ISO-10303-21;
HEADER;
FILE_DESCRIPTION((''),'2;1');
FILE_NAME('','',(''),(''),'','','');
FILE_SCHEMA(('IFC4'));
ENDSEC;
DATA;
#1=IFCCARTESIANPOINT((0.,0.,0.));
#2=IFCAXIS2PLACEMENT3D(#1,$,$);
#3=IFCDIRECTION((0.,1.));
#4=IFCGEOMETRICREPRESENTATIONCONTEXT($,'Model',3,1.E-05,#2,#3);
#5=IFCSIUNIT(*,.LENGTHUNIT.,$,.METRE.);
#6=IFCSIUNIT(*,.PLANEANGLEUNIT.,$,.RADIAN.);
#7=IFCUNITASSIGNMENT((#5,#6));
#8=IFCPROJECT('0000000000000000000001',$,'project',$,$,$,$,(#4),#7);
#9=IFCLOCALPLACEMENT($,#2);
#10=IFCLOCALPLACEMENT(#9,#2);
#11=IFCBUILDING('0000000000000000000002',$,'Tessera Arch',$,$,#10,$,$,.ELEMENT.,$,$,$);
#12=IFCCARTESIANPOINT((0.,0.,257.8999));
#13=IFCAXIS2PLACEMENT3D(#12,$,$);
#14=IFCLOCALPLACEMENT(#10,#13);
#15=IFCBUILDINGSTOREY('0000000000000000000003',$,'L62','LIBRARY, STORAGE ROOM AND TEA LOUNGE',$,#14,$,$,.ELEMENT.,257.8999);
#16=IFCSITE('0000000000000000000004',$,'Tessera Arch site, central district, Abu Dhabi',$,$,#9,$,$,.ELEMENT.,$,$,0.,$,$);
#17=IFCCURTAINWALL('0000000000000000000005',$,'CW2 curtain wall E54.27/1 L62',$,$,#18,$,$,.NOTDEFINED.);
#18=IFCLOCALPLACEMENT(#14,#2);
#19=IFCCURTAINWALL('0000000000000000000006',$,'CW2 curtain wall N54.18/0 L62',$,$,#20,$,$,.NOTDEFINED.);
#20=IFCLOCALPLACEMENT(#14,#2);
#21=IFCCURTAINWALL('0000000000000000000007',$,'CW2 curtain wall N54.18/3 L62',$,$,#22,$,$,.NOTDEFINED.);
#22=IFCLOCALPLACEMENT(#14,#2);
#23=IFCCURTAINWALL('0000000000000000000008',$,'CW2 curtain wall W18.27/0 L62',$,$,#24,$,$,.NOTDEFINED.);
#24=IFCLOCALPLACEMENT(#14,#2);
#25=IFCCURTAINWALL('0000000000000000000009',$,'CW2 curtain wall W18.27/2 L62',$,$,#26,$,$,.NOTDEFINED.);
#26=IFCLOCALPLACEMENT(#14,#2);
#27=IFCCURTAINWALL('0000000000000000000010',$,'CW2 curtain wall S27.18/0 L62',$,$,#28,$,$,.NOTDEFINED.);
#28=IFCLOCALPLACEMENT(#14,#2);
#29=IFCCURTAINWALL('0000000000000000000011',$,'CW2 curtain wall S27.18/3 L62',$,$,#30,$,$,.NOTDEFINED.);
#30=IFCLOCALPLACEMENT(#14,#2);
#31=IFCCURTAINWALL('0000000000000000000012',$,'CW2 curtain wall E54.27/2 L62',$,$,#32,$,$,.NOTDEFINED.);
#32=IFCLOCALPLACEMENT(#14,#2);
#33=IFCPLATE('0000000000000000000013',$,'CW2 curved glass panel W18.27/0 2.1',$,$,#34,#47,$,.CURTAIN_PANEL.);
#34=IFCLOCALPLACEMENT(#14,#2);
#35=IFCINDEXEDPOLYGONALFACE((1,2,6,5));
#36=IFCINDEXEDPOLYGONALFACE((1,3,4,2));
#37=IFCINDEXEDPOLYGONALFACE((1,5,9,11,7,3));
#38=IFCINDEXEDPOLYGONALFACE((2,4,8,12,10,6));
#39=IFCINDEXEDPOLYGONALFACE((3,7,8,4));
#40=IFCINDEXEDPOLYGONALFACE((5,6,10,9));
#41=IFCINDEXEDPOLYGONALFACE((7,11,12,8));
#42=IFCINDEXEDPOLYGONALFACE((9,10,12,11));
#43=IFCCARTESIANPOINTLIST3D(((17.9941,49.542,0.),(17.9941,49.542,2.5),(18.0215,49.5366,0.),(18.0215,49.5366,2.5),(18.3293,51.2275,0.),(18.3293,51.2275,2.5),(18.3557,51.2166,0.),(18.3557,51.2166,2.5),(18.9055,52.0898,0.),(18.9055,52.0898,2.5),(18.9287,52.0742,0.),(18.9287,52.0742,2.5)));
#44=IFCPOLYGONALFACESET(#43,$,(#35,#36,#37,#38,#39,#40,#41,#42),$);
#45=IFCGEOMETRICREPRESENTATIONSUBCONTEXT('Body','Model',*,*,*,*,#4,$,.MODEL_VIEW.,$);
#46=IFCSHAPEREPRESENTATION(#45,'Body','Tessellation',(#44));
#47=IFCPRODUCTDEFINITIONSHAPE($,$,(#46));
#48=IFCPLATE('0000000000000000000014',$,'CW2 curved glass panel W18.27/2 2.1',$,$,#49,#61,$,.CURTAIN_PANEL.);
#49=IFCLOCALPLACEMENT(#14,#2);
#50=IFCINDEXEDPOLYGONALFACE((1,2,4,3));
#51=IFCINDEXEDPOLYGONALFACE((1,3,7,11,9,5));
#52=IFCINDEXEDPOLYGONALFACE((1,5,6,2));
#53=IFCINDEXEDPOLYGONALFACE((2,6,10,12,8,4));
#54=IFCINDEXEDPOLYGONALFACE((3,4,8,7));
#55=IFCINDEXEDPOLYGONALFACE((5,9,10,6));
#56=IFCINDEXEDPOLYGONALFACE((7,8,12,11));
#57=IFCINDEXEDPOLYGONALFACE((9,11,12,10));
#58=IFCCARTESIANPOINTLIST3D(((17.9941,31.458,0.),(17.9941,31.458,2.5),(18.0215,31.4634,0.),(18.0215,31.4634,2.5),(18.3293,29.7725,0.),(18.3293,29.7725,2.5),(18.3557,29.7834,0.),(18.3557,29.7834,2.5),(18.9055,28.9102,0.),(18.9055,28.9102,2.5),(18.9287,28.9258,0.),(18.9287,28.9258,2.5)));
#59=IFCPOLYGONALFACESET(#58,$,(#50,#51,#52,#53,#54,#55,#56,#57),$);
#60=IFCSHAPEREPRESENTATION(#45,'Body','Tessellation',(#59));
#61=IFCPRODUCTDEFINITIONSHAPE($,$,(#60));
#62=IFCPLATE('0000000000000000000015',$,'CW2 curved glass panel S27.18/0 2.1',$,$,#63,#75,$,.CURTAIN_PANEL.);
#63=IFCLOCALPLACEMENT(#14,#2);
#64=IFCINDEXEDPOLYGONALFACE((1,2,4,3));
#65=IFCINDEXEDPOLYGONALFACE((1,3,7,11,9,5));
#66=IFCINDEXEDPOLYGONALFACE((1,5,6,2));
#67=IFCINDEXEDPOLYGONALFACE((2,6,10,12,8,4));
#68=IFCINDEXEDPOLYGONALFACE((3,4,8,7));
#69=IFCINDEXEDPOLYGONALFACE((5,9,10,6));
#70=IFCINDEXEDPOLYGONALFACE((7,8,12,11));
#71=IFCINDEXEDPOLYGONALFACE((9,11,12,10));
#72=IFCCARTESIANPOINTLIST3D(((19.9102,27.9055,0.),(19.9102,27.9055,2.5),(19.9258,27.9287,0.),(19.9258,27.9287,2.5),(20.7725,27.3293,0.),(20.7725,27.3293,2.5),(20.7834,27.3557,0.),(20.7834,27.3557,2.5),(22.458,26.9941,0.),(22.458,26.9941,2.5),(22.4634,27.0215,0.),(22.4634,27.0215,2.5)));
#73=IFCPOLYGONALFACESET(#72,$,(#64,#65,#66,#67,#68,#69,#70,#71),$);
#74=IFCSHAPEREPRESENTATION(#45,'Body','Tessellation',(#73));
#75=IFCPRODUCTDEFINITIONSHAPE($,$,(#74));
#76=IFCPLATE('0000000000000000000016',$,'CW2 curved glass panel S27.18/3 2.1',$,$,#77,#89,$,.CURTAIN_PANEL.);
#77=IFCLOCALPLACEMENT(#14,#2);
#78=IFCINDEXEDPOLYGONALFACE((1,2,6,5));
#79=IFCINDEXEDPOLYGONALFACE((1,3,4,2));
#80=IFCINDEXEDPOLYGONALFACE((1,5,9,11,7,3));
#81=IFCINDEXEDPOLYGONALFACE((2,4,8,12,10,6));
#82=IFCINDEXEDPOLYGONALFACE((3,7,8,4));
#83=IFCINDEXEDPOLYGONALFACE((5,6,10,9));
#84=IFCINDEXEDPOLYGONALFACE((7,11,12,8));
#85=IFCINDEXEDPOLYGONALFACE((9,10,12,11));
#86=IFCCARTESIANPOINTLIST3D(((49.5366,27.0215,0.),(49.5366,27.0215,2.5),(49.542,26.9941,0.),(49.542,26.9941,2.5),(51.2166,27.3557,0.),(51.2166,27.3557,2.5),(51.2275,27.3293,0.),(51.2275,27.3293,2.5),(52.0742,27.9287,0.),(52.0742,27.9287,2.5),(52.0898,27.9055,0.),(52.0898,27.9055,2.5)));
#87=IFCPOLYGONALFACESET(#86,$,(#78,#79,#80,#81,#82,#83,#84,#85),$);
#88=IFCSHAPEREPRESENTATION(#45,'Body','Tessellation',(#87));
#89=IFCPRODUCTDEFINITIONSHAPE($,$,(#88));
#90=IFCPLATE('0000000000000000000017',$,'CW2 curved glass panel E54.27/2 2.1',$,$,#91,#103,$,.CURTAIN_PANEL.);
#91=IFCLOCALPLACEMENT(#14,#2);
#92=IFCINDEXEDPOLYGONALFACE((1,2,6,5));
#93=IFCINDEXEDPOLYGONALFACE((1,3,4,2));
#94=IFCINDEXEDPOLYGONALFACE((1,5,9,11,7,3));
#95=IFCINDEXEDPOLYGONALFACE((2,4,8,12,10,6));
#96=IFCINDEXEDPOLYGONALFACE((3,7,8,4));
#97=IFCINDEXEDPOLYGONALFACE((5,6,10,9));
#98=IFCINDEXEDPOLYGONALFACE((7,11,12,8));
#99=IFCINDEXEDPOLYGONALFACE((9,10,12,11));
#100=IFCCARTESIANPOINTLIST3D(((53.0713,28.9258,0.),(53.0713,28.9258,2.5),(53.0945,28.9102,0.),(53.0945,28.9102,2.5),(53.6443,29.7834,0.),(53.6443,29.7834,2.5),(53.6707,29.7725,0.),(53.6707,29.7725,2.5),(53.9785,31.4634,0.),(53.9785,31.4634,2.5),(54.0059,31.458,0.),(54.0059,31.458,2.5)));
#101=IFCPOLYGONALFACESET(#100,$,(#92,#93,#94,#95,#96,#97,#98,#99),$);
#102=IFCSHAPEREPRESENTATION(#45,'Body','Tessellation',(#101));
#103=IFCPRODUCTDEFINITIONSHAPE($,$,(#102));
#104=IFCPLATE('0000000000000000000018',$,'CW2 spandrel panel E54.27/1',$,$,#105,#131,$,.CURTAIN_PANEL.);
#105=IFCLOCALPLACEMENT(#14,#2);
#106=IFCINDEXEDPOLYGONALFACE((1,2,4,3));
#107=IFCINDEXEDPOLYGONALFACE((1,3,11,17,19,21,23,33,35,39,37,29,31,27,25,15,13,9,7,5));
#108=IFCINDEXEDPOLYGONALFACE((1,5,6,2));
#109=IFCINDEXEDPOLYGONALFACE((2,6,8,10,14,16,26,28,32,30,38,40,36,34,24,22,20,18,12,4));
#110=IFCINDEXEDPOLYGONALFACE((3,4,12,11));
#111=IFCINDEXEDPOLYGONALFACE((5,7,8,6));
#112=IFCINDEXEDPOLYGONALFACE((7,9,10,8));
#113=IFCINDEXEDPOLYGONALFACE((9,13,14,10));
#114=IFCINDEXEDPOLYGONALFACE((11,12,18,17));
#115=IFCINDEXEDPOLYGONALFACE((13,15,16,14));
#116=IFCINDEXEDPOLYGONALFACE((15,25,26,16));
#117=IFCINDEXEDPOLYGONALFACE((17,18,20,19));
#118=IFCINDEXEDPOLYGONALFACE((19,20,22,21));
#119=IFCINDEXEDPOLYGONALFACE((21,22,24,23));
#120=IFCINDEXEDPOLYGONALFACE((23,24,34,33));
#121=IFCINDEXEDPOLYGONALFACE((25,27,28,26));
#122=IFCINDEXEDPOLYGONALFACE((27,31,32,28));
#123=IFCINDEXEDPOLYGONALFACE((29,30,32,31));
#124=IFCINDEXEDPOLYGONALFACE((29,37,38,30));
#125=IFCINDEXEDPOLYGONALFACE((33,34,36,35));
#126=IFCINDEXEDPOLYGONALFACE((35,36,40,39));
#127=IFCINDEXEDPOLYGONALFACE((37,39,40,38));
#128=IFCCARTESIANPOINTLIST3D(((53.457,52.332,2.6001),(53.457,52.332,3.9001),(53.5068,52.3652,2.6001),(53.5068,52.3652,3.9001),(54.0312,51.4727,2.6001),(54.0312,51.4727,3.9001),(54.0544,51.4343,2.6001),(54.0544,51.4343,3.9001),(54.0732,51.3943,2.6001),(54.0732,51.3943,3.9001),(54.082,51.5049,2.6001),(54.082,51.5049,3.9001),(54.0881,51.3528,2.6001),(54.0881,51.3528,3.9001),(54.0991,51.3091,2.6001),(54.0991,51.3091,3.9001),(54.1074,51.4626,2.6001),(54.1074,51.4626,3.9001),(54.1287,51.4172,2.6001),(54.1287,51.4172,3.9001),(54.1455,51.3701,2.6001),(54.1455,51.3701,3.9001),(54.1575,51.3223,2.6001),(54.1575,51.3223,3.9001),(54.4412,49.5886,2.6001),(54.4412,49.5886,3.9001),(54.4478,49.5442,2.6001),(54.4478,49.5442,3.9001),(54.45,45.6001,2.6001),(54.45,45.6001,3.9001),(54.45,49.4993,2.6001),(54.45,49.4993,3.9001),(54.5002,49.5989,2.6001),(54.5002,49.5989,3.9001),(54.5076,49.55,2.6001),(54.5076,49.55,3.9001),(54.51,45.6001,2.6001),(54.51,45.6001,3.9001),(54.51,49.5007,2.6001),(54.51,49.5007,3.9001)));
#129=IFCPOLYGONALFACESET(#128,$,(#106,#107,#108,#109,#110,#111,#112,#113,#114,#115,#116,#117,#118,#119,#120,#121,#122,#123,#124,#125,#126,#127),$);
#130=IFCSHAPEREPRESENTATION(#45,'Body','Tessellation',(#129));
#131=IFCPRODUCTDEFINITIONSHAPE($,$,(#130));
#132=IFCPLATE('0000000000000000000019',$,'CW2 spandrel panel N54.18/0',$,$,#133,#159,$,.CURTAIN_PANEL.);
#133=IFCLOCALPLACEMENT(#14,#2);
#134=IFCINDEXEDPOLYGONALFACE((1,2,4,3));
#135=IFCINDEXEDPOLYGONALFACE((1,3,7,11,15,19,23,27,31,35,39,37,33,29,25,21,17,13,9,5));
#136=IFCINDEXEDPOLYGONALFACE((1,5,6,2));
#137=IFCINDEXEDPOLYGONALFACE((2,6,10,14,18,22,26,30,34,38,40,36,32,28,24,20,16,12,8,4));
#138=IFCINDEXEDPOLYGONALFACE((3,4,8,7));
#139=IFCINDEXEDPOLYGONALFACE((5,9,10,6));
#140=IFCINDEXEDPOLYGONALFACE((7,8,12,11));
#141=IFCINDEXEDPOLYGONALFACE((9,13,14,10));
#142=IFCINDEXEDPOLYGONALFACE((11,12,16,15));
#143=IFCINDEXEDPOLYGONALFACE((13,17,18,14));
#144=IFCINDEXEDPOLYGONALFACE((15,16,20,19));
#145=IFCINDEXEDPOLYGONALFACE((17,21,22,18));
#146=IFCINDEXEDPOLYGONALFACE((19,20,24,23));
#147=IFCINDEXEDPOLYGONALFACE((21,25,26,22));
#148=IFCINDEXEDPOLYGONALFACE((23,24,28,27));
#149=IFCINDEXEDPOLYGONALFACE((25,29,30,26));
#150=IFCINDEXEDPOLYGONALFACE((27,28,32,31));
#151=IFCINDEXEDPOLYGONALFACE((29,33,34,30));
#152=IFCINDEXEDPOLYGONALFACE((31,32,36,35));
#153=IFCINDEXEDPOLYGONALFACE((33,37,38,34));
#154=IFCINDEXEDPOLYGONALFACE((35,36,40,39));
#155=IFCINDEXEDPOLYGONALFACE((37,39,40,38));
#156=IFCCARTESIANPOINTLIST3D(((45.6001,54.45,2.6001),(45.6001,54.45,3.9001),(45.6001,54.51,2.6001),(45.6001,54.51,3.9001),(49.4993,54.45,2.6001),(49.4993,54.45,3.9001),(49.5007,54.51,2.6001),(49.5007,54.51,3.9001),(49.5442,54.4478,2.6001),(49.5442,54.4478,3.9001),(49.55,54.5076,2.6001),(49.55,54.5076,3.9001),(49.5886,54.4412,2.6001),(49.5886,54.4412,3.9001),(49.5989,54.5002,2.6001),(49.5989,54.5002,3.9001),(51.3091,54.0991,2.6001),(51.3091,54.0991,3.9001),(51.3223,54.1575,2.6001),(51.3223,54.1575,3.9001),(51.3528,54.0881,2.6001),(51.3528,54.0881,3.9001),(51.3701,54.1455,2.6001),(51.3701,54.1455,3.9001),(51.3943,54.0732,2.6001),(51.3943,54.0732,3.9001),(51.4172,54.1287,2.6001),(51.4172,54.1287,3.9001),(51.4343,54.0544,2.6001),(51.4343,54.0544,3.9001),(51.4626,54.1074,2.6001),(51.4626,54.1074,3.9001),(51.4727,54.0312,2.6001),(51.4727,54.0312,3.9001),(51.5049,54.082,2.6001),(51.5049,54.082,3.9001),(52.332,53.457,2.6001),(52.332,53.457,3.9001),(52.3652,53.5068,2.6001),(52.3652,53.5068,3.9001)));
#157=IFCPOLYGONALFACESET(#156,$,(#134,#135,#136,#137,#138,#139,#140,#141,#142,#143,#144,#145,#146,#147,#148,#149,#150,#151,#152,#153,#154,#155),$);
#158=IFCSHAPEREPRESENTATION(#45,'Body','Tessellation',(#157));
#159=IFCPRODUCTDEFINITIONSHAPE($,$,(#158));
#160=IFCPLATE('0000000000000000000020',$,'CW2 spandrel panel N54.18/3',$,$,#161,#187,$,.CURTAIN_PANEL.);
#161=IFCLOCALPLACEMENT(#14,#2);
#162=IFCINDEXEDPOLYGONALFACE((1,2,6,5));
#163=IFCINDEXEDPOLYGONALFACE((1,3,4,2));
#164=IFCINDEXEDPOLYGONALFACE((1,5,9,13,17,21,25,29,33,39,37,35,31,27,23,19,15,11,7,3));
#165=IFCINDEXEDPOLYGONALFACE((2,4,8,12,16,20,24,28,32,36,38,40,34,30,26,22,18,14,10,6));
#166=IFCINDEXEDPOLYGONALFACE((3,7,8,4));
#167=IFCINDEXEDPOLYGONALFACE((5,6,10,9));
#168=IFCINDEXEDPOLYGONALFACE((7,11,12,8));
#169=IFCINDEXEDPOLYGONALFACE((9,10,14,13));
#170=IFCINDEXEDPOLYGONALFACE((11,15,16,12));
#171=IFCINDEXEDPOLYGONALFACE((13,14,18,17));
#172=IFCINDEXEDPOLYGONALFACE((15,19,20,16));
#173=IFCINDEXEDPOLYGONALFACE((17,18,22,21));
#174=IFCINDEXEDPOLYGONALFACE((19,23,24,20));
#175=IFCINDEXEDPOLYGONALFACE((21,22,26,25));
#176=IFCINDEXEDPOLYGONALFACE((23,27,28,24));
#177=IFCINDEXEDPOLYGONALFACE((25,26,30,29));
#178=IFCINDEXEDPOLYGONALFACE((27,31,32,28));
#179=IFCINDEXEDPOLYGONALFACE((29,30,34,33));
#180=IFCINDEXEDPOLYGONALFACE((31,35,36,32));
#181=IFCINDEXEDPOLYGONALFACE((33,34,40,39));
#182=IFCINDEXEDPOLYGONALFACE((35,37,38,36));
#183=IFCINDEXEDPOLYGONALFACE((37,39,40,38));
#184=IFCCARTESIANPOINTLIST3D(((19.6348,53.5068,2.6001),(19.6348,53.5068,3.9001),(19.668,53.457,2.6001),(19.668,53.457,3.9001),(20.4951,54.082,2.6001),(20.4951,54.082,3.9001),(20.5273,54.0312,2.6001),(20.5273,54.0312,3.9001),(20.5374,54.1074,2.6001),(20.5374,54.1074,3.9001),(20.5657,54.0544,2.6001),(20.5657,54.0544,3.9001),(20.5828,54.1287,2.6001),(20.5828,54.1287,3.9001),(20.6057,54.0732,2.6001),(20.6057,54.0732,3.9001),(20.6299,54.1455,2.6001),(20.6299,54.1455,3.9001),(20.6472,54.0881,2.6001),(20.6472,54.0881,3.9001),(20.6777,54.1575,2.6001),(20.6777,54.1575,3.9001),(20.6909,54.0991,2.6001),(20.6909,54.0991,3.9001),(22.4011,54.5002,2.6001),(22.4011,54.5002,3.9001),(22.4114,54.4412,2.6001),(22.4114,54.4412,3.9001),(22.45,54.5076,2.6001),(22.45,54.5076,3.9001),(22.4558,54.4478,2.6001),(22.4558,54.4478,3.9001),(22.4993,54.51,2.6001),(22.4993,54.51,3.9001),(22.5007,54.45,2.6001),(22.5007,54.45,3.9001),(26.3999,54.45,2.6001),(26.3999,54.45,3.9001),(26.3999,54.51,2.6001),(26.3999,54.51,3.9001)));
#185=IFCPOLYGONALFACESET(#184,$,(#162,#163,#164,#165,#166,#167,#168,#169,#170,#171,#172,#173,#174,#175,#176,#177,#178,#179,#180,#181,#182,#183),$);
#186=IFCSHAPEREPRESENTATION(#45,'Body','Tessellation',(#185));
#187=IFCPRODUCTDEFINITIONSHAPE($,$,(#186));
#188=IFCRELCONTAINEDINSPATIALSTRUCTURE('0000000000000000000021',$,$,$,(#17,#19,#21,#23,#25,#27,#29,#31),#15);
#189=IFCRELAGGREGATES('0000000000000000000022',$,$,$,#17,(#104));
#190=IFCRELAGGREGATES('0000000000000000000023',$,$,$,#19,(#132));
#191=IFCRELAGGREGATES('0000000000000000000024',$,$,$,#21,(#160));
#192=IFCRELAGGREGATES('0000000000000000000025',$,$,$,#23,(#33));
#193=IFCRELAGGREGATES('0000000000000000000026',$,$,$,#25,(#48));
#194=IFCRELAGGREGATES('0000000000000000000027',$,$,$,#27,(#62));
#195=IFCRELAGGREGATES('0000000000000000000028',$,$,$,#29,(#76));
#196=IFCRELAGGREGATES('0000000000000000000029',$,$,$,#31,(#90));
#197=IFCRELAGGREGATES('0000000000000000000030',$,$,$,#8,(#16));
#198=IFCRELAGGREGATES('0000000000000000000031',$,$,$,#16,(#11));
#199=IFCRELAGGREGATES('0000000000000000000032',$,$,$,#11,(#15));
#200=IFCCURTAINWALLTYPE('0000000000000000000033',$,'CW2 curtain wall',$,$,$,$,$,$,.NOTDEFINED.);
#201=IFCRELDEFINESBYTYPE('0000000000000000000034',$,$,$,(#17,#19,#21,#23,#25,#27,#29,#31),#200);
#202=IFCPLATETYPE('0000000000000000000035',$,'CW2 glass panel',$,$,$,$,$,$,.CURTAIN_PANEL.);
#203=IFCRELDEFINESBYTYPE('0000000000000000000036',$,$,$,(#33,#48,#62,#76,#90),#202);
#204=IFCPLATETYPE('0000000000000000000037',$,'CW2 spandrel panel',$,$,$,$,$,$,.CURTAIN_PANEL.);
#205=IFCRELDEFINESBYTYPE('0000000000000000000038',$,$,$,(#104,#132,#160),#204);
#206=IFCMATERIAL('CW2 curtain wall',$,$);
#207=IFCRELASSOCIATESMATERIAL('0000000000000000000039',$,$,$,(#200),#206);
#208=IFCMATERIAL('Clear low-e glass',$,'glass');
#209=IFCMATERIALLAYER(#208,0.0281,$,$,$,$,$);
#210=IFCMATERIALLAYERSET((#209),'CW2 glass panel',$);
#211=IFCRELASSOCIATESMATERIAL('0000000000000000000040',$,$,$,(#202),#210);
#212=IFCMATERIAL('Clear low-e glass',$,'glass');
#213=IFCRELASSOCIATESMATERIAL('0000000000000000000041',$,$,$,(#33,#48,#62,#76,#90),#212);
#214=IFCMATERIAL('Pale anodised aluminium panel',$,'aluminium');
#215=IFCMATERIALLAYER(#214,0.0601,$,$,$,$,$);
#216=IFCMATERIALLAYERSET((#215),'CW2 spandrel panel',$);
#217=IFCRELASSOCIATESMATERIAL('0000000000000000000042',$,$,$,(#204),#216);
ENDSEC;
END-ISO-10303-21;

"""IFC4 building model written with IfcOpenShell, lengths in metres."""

from ifc_helpers import new_model, si_unit, direction, frame, origin, place, context, subcontext, project, spatial, polyline, outline, extrude, material, layer, layer_set, type_object, element, aggregate, save


model = new_model("IFC4")

# Units and contexts
model_context = context("Model", 3, precision=1e-05, world=origin(), true_north=direction((0.0, 1.0)))
body_context = subcontext(model_context, "Body", "Model", "MODEL_VIEW")
ifc_project = project(units=[si_unit("LENGTHUNIT", "METRE"), si_unit("PLANEANGLEUNIT", "RADIAN")], contexts=[model_context])

# Site, building, storey
site_placement = place(None, origin())
site = spatial("IfcSite", under=ifc_project, at=site_placement, Name="Tessera Arch site, central district, Abu Dhabi", CompositionType="ELEMENT", RefElevation=0.0)
building_placement = place(site_placement, origin())
building = spatial("IfcBuilding", under=site, at=building_placement, Name="Tessera Arch", CompositionType="ELEMENT")
storey_placement = place(building_placement, frame((0.0, 0.0, 257.8999)))
storey = spatial("IfcBuildingStorey", under=building, at=storey_placement, Name="L62", Description="LIBRARY, STORAGE ROOM AND TEA LOUNGE", CompositionType="ELEMENT", Elevation=257.8999)

# Curtain walls
ifc_material_1 = material(Name="CW2 curtain wall")
curtain_wall_type = type_object("IfcCurtainWallType", Name="CW2 curtain wall", PredefinedType="NOTDEFINED", material=ifc_material_1)
curtain_wall_1_placement = place(storey_placement, origin())
curtain_wall_1 = element("IfcCurtainWall", 1, at=curtain_wall_1_placement, inside=storey, type_object=curtain_wall_type, Name="CW2 curtain wall E54.27/1 L62", PredefinedType="NOTDEFINED")
curtain_wall_2_placement = place(storey_placement, origin())
curtain_wall_2 = element("IfcCurtainWall", 2, at=curtain_wall_2_placement, inside=storey, type_object=curtain_wall_type, Name="CW2 curtain wall N54.18/0 L62", PredefinedType="NOTDEFINED")
curtain_wall_3_placement = place(storey_placement, origin())
curtain_wall_3 = element("IfcCurtainWall", 3, at=curtain_wall_3_placement, inside=storey, type_object=curtain_wall_type, Name="CW2 curtain wall N54.18/3 L62", PredefinedType="NOTDEFINED")
curtain_wall_4_placement = place(storey_placement, origin())
curtain_wall_4 = element("IfcCurtainWall", 4, at=curtain_wall_4_placement, inside=storey, type_object=curtain_wall_type, Name="CW2 curtain wall W18.27/0 L62", PredefinedType="NOTDEFINED")
curtain_wall_5_placement = place(storey_placement, origin())
curtain_wall_5 = element("IfcCurtainWall", 5, at=curtain_wall_5_placement, inside=storey, type_object=curtain_wall_type, Name="CW2 curtain wall W18.27/2 L62", PredefinedType="NOTDEFINED")
curtain_wall_6_placement = place(storey_placement, origin())
curtain_wall_6 = element("IfcCurtainWall", 6, at=curtain_wall_6_placement, inside=storey, type_object=curtain_wall_type, Name="CW2 curtain wall S27.18/0 L62", PredefinedType="NOTDEFINED")
curtain_wall_7_placement = place(storey_placement, origin())
curtain_wall_7 = element("IfcCurtainWall", 7, at=curtain_wall_7_placement, inside=storey, type_object=curtain_wall_type, Name="CW2 curtain wall S27.18/3 L62", PredefinedType="NOTDEFINED")
curtain_wall_8_placement = place(storey_placement, origin())
curtain_wall_8 = element("IfcCurtainWall", 8, at=curtain_wall_8_placement, inside=storey, type_object=curtain_wall_type, Name="CW2 curtain wall E54.27/2 L62", PredefinedType="NOTDEFINED")

# Plates
ifc_material_2 = material(Name="Clear low-e glass", Category="glass")
ifc_material_3 = material(Name="Clear low-e glass", Category="glass")
ifc_layer_1 = layer(ifc_material_3, 0.0281)
ifc_layer_set_1 = layer_set([ifc_layer_1], Name="CW2 glass panel")
plate_type_1 = type_object("IfcPlateType", Name="CW2 glass panel", PredefinedType="CURTAIN_PANEL", material=ifc_layer_set_1)
plate_1_placement = place(storey_placement, origin())
plate_1 = element("IfcPlate", 9, at=plate_1_placement, type_object=plate_type_1, material=ifc_material_2, Name="CW2 curved glass panel W18.27/0 2.1", PredefinedType="CURTAIN_PANEL", context=body_context, shape_type="SweptSolid", body=[
    extrude(outline(polyline([(18.3557, 51.2166), (18.9287, 52.0742), (18.9055, 52.0898), (18.3293, 51.2275), (17.9941, 49.542), (18.0215, 49.5366), (18.3557, 51.2166)])), origin(), (0.0, 0.0, 1.0), 2.5),
])
plate_2_placement = place(storey_placement, origin())
plate_2 = element("IfcPlate", 10, at=plate_2_placement, type_object=plate_type_1, material=ifc_material_2, Name="CW2 curved glass panel W18.27/2 2.1", PredefinedType="CURTAIN_PANEL", context=body_context, shape_type="SweptSolid", body=[
    extrude(outline(polyline([(18.3557, 29.7834), (18.0215, 31.4634), (17.9941, 31.458), (18.3293, 29.7725), (18.9055, 28.9102), (18.9287, 28.9258), (18.3557, 29.7834)])), origin(), (0.0, 0.0, 1.0), 2.5),
])
plate_3_placement = place(storey_placement, origin())
plate_3 = element("IfcPlate", 11, at=plate_3_placement, type_object=plate_type_1, material=ifc_material_2, Name="CW2 curved glass panel S27.18/0 2.1", PredefinedType="CURTAIN_PANEL", context=body_context, shape_type="SweptSolid", body=[
    extrude(outline(polyline([(20.7834, 27.3557), (19.9258, 27.9287), (19.9102, 27.9055), (20.7725, 27.3293), (22.458, 26.9941), (22.4634, 27.0215), (20.7834, 27.3557)])), origin(), (0.0, 0.0, 1.0), 2.5),
])
plate_4_placement = place(storey_placement, origin())
plate_4 = element("IfcPlate", 12, at=plate_4_placement, type_object=plate_type_1, material=ifc_material_2, Name="CW2 curved glass panel S27.18/3 2.1", PredefinedType="CURTAIN_PANEL", context=body_context, shape_type="SweptSolid", body=[
    extrude(outline(polyline([(51.2166, 27.3557), (49.5366, 27.0215), (49.542, 26.9941), (51.2275, 27.3293), (52.0898, 27.9055), (52.0742, 27.9287), (51.2166, 27.3557)])), origin(), (0.0, 0.0, 1.0), 2.5),
])
plate_5_placement = place(storey_placement, origin())
plate_5 = element("IfcPlate", 13, at=plate_5_placement, type_object=plate_type_1, material=ifc_material_2, Name="CW2 curved glass panel E54.27/2 2.1", PredefinedType="CURTAIN_PANEL", context=body_context, shape_type="SweptSolid", body=[
    extrude(outline(polyline([(53.6443, 29.7834), (53.0713, 28.9258), (53.0945, 28.9102), (53.6707, 29.7725), (54.0059, 31.458), (53.9785, 31.4634), (53.6443, 29.7834)])), origin(), (0.0, 0.0, 1.0), 2.5),
])
ifc_material_4 = material(Name="Pale anodised aluminium panel", Category="aluminium")
ifc_layer_2 = layer(ifc_material_4, 0.0601)
ifc_layer_set_2 = layer_set([ifc_layer_2], Name="CW2 spandrel panel")
plate_type_2 = type_object("IfcPlateType", Name="CW2 spandrel panel", PredefinedType="CURTAIN_PANEL", material=ifc_layer_set_2)
plate_6_placement = place(storey_placement, frame((0.0, 0.0, 2.6001)))
plate_6 = element("IfcPlate", 14, at=plate_6_placement, type_object=plate_type_2, Name="CW2 spandrel panel E54.27/1", PredefinedType="CURTAIN_PANEL", context=body_context, shape_type="SweptSolid", body=[
    extrude(outline(polyline([(54.45, 49.4993), (54.45, 45.6001), (54.51, 45.6001), (54.51, 49.5007), (54.5076, 49.55), (54.5002, 49.5989), (54.1575, 51.3223), (54.1455, 51.3701), (54.1287, 51.4172), (54.1074, 51.4626), (54.082, 51.5049), (53.5068, 52.3652), (53.457, 52.332), (54.0312, 51.4727), (54.0544, 51.4343), (54.0732, 51.3943), (54.0881, 51.3528), (54.0991, 51.3091), (54.4412, 49.5886), (54.4478, 49.5442), (54.45, 49.4993)])), origin(), (0.0, 0.0, 1.0), 1.3),
])
aggregate(curtain_wall_1, [plate_6])
plate_7_placement = place(storey_placement, frame((0.0, 0.0, 2.6001)))
plate_7 = element("IfcPlate", 15, at=plate_7_placement, type_object=plate_type_2, Name="CW2 spandrel panel N54.18/0", PredefinedType="CURTAIN_PANEL", context=body_context, shape_type="SweptSolid", body=[
    extrude(outline(polyline([(51.4727, 54.0312), (52.332, 53.457), (52.3652, 53.5068), (51.5049, 54.082), (51.4626, 54.1074), (51.4172, 54.1287), (51.3701, 54.1455), (51.3223, 54.1575), (49.5989, 54.5002), (49.55, 54.5076), (49.5007, 54.51), (45.6001, 54.51), (45.6001, 54.45), (49.4993, 54.45), (49.5442, 54.4478), (49.5886, 54.4412), (51.3091, 54.0991), (51.3528, 54.0881), (51.3943, 54.0732), (51.4343, 54.0544), (51.4727, 54.0312)])), origin(), (0.0, 0.0, 1.0), 1.3),
])
aggregate(curtain_wall_2, [plate_7])
plate_8_placement = place(storey_placement, frame((0.0, 0.0, 2.6001)))
plate_8 = element("IfcPlate", 16, at=plate_8_placement, type_object=plate_type_2, Name="CW2 spandrel panel N54.18/3", PredefinedType="CURTAIN_PANEL", context=body_context, shape_type="SweptSolid", body=[
    extrude(outline(polyline([(22.5007, 54.45), (26.3999, 54.45), (26.3999, 54.51), (22.4993, 54.51), (22.45, 54.5076), (22.4011, 54.5002), (20.6777, 54.1575), (20.6299, 54.1455), (20.5828, 54.1287), (20.5374, 54.1074), (20.4951, 54.082), (19.6348, 53.5068), (19.668, 53.457), (20.5273, 54.0312), (20.5657, 54.0544), (20.6057, 54.0732), (20.6472, 54.0881), (20.6909, 54.0991), (22.4114, 54.4412), (22.4558, 54.4478), (22.5007, 54.45)])), origin(), (0.0, 0.0, 1.0), 1.3),
])
aggregate(curtain_wall_3, [plate_8])
aggregate(curtain_wall_4, [plate_1])
aggregate(curtain_wall_5, [plate_2])
aggregate(curtain_wall_6, [plate_3])
aggregate(curtain_wall_7, [plate_4])
aggregate(curtain_wall_8, [plate_5])

save(model, "model.ifc")
